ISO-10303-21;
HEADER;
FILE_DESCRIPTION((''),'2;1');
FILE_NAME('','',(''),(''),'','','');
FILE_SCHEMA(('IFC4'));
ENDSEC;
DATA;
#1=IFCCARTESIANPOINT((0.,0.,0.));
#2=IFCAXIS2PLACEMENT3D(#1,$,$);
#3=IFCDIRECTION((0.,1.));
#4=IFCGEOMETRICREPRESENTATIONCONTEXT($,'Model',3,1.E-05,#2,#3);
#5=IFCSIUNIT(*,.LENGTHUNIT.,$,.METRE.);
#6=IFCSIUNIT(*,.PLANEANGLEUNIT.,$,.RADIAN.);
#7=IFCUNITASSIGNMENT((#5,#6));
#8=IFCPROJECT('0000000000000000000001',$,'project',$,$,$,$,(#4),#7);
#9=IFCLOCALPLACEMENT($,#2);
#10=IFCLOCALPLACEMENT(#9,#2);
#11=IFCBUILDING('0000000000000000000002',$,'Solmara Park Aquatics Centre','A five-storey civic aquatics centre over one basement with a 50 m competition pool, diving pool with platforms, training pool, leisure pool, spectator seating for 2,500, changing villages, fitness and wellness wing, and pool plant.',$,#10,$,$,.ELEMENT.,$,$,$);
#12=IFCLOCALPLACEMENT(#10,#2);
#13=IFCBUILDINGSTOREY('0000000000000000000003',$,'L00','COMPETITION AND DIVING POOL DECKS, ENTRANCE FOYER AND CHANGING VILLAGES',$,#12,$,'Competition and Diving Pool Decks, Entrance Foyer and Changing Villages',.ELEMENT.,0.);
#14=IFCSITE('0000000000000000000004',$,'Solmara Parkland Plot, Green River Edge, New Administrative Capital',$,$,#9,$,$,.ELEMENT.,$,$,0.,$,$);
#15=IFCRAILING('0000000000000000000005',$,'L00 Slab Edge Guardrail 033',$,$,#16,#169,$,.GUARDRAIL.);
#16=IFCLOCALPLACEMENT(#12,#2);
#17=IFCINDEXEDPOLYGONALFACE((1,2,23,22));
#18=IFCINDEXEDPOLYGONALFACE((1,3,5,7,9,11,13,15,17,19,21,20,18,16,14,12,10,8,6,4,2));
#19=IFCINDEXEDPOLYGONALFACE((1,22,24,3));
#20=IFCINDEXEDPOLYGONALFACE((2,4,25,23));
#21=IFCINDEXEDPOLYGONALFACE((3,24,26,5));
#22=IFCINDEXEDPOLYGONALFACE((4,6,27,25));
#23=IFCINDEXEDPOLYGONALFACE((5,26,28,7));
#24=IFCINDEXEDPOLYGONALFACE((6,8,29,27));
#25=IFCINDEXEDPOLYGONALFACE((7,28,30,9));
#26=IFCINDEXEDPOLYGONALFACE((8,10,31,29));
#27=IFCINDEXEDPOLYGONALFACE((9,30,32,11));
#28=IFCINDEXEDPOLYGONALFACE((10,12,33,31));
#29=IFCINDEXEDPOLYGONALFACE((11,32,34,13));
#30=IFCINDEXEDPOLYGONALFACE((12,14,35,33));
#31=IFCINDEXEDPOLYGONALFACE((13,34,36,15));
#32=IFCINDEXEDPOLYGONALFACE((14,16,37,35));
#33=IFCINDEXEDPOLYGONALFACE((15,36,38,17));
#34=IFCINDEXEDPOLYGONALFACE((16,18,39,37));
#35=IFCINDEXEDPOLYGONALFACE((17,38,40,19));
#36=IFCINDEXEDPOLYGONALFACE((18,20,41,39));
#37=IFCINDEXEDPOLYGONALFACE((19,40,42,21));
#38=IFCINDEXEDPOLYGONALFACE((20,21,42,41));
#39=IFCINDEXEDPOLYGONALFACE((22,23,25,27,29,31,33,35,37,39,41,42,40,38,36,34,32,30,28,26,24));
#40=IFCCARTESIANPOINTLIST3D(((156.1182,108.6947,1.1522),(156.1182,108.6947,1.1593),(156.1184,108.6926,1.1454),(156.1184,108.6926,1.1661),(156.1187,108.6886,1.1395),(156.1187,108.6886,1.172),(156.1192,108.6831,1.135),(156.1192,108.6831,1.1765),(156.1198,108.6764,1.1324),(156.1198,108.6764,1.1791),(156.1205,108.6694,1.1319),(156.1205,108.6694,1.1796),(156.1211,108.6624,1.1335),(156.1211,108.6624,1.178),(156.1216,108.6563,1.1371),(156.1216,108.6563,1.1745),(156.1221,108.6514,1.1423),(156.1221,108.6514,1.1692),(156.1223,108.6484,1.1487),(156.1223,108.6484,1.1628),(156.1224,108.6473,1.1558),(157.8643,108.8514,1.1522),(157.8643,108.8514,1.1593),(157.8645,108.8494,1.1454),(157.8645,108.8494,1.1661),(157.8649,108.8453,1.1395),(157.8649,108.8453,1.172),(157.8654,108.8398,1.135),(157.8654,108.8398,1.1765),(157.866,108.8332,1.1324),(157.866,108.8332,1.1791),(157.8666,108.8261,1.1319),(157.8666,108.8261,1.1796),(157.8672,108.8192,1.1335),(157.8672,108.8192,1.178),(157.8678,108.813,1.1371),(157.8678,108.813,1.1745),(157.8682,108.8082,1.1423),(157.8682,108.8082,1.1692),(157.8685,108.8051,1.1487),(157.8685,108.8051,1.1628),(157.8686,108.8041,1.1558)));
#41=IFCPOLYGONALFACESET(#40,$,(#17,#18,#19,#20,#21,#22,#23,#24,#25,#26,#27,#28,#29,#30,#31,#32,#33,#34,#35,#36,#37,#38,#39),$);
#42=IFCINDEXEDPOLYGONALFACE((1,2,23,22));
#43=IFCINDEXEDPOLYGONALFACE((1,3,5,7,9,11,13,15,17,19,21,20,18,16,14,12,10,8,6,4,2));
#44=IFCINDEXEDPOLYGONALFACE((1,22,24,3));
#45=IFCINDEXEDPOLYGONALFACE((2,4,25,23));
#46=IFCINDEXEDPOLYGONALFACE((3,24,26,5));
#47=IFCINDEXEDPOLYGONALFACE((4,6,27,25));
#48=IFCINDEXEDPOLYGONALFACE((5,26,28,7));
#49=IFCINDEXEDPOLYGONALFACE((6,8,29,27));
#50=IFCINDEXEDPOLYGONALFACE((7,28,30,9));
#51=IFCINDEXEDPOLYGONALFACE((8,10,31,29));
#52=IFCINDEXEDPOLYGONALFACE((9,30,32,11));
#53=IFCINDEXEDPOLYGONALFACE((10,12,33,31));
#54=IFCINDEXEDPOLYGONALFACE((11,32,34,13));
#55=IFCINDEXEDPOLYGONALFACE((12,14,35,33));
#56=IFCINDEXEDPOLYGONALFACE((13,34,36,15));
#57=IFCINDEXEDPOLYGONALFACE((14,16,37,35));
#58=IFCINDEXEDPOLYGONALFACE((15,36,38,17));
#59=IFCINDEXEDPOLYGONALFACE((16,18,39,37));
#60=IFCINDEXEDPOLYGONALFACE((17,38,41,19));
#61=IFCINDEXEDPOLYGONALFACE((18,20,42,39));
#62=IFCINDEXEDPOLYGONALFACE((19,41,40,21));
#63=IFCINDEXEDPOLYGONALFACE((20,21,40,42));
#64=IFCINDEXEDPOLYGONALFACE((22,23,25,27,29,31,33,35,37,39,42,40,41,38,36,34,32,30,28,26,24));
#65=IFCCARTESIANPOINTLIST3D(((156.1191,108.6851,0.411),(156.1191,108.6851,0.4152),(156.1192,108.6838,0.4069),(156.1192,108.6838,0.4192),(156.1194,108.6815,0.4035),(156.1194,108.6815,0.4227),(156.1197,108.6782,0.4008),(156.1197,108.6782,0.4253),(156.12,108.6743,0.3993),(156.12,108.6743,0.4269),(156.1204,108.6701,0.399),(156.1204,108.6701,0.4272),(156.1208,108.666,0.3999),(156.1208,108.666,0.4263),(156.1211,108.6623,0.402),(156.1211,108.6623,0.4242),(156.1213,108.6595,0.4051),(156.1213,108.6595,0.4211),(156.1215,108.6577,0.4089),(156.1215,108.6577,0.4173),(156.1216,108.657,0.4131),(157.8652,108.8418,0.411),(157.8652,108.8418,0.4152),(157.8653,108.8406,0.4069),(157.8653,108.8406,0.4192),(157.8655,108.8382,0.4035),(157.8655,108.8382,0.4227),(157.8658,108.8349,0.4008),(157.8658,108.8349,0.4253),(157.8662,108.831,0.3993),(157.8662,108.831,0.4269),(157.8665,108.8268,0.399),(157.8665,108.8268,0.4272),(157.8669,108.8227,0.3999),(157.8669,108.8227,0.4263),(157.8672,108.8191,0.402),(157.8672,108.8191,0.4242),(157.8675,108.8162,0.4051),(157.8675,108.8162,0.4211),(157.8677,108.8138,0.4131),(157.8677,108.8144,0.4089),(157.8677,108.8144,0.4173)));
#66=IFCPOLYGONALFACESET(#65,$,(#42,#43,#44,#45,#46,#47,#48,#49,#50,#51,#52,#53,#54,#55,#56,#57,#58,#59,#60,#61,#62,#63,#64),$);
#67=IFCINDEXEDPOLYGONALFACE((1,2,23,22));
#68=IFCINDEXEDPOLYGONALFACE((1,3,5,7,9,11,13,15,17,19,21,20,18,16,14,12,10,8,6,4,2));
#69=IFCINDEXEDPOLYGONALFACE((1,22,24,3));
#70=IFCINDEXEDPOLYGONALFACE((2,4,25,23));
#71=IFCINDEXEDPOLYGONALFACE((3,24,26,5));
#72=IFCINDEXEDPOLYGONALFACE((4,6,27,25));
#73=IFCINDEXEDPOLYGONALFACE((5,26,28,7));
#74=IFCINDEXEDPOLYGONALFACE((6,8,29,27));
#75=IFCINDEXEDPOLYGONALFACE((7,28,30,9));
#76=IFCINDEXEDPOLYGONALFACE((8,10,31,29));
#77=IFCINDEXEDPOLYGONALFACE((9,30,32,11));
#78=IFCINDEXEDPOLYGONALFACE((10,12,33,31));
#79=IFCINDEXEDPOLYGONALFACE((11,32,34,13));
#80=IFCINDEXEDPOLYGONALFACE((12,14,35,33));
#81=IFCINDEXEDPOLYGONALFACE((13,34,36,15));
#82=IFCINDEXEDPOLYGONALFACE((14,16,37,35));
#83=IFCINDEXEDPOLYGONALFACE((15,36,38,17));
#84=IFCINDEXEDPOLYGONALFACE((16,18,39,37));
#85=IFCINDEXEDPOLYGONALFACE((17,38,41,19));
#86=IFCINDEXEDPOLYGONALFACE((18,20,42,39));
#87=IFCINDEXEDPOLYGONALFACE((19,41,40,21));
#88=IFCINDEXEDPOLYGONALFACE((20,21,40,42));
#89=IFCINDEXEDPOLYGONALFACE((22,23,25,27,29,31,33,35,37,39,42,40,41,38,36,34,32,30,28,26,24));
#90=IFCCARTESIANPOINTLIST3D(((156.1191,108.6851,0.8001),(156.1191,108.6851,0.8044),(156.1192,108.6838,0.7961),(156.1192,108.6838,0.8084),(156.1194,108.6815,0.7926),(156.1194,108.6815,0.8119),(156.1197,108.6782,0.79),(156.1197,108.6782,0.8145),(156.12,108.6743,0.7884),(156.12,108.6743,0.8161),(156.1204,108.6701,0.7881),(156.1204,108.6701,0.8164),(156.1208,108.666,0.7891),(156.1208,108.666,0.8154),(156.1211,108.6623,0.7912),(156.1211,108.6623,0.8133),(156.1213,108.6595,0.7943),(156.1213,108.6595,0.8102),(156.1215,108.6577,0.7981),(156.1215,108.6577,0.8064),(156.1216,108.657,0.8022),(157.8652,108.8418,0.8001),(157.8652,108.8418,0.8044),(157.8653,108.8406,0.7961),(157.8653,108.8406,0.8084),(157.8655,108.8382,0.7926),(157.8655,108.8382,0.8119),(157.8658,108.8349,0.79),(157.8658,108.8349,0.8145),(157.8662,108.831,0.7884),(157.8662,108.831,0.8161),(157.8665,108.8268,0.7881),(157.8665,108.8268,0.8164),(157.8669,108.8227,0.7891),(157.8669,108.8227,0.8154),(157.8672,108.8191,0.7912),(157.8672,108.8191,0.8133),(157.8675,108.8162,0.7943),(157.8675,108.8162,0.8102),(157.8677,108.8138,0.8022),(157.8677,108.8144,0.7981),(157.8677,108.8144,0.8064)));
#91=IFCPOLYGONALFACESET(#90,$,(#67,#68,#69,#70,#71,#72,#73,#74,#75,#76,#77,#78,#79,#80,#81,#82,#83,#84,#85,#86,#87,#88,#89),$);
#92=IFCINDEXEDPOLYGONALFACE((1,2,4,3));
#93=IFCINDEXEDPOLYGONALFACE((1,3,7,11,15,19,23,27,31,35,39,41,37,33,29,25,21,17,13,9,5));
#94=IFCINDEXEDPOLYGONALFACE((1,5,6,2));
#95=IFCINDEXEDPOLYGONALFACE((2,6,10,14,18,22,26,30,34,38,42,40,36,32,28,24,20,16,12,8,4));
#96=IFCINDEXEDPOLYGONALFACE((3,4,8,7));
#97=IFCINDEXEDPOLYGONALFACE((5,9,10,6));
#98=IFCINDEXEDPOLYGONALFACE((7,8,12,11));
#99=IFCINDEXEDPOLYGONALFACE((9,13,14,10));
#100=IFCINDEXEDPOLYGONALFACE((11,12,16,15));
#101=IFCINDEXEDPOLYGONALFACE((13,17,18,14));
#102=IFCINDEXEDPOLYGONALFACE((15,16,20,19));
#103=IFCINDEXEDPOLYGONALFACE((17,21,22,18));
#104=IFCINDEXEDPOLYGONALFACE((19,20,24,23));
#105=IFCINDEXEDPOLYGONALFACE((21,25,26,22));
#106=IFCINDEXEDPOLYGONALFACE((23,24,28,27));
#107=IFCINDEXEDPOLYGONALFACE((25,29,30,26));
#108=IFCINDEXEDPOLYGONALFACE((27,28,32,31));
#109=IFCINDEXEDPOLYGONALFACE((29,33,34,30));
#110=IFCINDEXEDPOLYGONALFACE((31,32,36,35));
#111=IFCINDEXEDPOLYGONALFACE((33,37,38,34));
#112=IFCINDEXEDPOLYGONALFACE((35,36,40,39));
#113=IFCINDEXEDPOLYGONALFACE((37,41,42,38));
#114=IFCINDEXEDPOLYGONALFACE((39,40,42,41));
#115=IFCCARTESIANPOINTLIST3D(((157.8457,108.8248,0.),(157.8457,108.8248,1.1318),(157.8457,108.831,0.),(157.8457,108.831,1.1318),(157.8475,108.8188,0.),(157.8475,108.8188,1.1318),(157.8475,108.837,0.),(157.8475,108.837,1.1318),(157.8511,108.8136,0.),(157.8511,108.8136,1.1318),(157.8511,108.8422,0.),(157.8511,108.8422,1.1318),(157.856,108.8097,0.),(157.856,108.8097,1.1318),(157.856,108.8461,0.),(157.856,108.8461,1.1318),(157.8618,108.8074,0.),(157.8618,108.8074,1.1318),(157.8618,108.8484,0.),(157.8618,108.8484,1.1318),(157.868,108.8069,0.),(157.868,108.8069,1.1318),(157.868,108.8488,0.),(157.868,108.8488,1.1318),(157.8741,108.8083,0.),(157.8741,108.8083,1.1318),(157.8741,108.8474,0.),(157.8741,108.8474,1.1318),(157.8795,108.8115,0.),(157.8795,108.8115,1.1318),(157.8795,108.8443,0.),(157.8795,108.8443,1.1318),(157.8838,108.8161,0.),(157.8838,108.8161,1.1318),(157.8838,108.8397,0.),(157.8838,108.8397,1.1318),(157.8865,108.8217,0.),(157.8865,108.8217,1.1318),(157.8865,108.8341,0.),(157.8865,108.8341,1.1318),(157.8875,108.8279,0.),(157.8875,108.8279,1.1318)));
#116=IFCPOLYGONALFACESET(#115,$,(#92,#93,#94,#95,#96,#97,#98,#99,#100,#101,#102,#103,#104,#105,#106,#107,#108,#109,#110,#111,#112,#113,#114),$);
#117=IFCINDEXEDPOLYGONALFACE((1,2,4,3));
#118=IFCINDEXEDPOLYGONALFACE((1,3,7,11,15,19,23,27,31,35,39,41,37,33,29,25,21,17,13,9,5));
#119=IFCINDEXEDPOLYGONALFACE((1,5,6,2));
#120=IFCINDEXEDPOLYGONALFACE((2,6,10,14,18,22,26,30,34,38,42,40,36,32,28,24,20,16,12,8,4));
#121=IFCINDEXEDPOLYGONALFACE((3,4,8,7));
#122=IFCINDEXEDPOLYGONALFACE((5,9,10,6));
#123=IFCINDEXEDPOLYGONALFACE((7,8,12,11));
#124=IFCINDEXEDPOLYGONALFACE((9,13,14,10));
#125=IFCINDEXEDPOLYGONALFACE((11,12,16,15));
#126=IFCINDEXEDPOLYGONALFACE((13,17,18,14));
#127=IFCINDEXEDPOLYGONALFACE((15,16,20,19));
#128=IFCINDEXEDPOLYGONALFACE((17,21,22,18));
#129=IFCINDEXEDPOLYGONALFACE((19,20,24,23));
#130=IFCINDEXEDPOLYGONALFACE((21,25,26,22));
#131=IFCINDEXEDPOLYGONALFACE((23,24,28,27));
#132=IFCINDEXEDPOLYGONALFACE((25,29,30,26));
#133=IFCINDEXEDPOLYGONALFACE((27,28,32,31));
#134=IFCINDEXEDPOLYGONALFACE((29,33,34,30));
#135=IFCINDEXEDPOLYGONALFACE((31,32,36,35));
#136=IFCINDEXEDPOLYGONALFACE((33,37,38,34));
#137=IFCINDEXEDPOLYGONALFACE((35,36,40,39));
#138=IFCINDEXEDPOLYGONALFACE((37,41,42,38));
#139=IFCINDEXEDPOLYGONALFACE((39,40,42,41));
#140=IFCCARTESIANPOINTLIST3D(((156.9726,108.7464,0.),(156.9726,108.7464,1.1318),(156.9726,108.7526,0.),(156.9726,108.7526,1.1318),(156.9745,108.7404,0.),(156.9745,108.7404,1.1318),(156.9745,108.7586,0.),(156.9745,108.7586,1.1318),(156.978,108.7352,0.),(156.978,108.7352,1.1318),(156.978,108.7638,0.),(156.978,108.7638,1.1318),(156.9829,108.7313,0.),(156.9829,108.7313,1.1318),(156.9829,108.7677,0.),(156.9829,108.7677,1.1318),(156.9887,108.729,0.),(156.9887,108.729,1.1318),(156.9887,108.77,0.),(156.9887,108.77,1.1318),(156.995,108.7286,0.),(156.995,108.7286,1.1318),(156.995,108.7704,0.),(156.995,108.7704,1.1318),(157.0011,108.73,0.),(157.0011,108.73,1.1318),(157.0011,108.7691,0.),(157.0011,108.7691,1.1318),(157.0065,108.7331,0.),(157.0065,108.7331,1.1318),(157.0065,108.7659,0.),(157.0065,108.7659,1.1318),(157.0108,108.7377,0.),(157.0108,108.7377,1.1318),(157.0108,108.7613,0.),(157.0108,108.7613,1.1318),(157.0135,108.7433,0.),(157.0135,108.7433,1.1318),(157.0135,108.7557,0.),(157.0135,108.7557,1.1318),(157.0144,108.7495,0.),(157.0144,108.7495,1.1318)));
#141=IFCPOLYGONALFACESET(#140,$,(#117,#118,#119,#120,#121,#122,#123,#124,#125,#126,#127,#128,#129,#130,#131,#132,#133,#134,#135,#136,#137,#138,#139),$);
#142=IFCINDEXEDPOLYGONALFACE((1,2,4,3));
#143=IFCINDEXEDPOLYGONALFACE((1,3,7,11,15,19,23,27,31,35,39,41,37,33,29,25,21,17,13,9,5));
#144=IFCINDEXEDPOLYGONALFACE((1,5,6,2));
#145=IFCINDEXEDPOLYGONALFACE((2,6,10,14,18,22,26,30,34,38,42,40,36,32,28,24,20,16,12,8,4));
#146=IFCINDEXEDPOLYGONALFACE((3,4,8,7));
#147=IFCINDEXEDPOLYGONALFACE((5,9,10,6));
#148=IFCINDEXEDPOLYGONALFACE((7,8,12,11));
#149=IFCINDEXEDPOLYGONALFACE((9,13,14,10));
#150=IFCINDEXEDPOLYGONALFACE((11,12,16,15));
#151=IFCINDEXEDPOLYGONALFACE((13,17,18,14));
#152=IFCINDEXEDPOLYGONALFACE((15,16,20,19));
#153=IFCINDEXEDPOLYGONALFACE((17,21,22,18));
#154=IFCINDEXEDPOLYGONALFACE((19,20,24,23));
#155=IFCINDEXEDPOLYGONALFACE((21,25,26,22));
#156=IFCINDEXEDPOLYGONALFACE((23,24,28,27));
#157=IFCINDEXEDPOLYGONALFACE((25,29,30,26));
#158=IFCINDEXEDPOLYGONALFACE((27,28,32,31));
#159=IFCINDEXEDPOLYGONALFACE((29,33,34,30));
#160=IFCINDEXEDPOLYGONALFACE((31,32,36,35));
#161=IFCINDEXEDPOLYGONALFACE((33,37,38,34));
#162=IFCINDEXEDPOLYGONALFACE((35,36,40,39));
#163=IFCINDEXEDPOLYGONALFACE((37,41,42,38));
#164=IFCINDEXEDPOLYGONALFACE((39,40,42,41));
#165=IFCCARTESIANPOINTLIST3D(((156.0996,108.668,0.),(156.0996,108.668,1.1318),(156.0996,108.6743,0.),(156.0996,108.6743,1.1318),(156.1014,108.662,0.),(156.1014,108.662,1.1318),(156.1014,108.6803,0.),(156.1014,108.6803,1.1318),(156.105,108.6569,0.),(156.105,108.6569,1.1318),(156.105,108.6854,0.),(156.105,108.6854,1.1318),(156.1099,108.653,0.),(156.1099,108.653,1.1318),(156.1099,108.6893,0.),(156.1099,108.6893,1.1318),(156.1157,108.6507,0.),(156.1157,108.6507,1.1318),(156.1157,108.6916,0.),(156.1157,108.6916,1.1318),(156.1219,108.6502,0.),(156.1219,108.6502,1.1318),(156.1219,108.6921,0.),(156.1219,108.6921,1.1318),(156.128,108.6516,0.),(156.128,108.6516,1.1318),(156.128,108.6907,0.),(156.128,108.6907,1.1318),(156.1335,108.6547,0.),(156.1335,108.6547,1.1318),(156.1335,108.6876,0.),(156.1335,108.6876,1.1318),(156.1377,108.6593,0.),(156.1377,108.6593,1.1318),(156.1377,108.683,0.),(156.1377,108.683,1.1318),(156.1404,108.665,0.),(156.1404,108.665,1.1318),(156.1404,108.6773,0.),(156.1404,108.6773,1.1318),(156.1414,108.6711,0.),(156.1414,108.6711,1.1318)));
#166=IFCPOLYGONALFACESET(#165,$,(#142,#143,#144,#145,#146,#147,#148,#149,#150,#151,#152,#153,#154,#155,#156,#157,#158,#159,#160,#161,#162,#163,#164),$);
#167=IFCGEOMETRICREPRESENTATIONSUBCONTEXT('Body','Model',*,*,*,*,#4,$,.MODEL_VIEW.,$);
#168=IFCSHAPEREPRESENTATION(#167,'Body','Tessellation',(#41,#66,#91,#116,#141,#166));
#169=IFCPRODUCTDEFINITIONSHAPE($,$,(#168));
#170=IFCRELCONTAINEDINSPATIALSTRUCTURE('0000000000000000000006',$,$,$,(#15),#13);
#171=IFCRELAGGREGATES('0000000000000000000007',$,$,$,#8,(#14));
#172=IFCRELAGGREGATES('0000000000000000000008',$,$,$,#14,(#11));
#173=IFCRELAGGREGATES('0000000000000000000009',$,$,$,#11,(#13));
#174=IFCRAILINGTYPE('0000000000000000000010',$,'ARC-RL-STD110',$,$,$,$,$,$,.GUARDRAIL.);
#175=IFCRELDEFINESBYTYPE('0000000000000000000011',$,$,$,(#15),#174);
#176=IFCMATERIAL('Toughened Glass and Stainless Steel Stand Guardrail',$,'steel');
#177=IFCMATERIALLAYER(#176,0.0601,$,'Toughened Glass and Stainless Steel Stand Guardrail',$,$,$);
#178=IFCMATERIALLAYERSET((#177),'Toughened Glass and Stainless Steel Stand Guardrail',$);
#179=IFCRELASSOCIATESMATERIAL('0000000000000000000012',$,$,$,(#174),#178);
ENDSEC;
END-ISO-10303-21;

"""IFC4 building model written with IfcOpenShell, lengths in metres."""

from ifc_helpers import new_model, si_unit, direction, frame, origin, origin_2d, place, context, subcontext, project, spatial, circle, extrude, material, layer, layer_set, type_object, element, save


model = new_model("IFC4")

# Units and contexts
model_context = context("Model", 3, precision=1e-05, world=origin(), true_north=direction((0.0, 1.0)))
body_context = subcontext(model_context, "Body", "Model", "MODEL_VIEW")
ifc_project = project(units=[si_unit("LENGTHUNIT", "METRE"), si_unit("PLANEANGLEUNIT", "RADIAN")], contexts=[model_context])

# Site, building, storey
site_placement = place(None, origin())
site = spatial("IfcSite", under=ifc_project, at=site_placement, Name="Solmara Parkland Plot, Green River Edge, New Administrative Capital", CompositionType="ELEMENT", RefElevation=0.0)
building_placement = place(site_placement, origin())
building = spatial("IfcBuilding", under=site, at=building_placement, Name="Solmara Park Aquatics Centre", Description="A five-storey civic aquatics centre over one basement with a 50 m competition pool, diving pool with platforms, training pool, leisure pool, spectator seating for 2,500, changing villages, fitness and wellness wing, and pool plant.", CompositionType="ELEMENT")
storey_placement = place(building_placement, origin())
storey = spatial("IfcBuildingStorey", under=building, at=storey_placement, Name="L00", Description="COMPETITION AND DIVING POOL DECKS, ENTRANCE FOYER AND CHANGING VILLAGES", LongName="Competition and Diving Pool Decks, Entrance Foyer and Changing Villages", CompositionType="ELEMENT", Elevation=0.0)

# Railing
ifc_material_1 = material(Name="Toughened Glass and Stainless Steel Stand Guardrail", Category="steel")
ifc_layer_1 = layer(ifc_material_1, 0.0601, Name="Toughened Glass and Stainless Steel Stand Guardrail")
ifc_layer_set_1 = layer_set([ifc_layer_1], Name="Toughened Glass and Stainless Steel Stand Guardrail")
railing_type_1 = type_object("IfcRailingType", Name="ARC-RL-STD110", PredefinedType="GUARDRAIL", material=ifc_layer_set_1)
railing_1_placement = place(storey_placement, frame((157.8665, 108.8279, 0.0)))
element("IfcRailing", 1, at=railing_1_placement, inside=storey, type_object=railing_type_1, Name="L00 Slab Edge Guardrail 033", PredefinedType="GUARDRAIL", context=body_context, shape_type="SweptSolid", body=[
    extrude(circle(Radius=0.0239, at=origin_2d()), frame((0.0, 0.0, 1.1558), z_axis=(-0.995995, -0.089406, 0.0), x_axis=(0.089406, -0.995995, 0.0)), (0.0, 0.0, 1.0), 1.7532),
    extrude(circle(Radius=0.0142, at=origin_2d()), frame((0.0, 0.0, 0.4131), z_axis=(-0.995995, -0.089406, 0.0), x_axis=(0.089406, -0.995995, 0.0)), (0.0, 0.0, 1.0), 1.7532),
    extrude(circle(Radius=0.0142, at=origin_2d()), frame((0.0, 0.0, 0.8022), z_axis=(-0.995995, -0.089406, 0.0), x_axis=(0.089406, -0.995995, 0.0)), (0.0, 0.0, 1.0), 1.7532),
    extrude(circle(Radius=0.021, at=origin_2d()), origin(), (0.0, 0.0, 1.0), 1.1318),
    extrude(circle(Radius=0.021, at=origin_2d()), frame((-0.873, -0.0784, 0.0)), (0.0, 0.0, 1.0), 1.1318),
    extrude(circle(Radius=0.021, at=origin_2d()), frame((-1.7461, -0.1567, 0.0)), (0.0, 0.0, 1.0), 1.1318),
])

save(model, "model.ifc")
